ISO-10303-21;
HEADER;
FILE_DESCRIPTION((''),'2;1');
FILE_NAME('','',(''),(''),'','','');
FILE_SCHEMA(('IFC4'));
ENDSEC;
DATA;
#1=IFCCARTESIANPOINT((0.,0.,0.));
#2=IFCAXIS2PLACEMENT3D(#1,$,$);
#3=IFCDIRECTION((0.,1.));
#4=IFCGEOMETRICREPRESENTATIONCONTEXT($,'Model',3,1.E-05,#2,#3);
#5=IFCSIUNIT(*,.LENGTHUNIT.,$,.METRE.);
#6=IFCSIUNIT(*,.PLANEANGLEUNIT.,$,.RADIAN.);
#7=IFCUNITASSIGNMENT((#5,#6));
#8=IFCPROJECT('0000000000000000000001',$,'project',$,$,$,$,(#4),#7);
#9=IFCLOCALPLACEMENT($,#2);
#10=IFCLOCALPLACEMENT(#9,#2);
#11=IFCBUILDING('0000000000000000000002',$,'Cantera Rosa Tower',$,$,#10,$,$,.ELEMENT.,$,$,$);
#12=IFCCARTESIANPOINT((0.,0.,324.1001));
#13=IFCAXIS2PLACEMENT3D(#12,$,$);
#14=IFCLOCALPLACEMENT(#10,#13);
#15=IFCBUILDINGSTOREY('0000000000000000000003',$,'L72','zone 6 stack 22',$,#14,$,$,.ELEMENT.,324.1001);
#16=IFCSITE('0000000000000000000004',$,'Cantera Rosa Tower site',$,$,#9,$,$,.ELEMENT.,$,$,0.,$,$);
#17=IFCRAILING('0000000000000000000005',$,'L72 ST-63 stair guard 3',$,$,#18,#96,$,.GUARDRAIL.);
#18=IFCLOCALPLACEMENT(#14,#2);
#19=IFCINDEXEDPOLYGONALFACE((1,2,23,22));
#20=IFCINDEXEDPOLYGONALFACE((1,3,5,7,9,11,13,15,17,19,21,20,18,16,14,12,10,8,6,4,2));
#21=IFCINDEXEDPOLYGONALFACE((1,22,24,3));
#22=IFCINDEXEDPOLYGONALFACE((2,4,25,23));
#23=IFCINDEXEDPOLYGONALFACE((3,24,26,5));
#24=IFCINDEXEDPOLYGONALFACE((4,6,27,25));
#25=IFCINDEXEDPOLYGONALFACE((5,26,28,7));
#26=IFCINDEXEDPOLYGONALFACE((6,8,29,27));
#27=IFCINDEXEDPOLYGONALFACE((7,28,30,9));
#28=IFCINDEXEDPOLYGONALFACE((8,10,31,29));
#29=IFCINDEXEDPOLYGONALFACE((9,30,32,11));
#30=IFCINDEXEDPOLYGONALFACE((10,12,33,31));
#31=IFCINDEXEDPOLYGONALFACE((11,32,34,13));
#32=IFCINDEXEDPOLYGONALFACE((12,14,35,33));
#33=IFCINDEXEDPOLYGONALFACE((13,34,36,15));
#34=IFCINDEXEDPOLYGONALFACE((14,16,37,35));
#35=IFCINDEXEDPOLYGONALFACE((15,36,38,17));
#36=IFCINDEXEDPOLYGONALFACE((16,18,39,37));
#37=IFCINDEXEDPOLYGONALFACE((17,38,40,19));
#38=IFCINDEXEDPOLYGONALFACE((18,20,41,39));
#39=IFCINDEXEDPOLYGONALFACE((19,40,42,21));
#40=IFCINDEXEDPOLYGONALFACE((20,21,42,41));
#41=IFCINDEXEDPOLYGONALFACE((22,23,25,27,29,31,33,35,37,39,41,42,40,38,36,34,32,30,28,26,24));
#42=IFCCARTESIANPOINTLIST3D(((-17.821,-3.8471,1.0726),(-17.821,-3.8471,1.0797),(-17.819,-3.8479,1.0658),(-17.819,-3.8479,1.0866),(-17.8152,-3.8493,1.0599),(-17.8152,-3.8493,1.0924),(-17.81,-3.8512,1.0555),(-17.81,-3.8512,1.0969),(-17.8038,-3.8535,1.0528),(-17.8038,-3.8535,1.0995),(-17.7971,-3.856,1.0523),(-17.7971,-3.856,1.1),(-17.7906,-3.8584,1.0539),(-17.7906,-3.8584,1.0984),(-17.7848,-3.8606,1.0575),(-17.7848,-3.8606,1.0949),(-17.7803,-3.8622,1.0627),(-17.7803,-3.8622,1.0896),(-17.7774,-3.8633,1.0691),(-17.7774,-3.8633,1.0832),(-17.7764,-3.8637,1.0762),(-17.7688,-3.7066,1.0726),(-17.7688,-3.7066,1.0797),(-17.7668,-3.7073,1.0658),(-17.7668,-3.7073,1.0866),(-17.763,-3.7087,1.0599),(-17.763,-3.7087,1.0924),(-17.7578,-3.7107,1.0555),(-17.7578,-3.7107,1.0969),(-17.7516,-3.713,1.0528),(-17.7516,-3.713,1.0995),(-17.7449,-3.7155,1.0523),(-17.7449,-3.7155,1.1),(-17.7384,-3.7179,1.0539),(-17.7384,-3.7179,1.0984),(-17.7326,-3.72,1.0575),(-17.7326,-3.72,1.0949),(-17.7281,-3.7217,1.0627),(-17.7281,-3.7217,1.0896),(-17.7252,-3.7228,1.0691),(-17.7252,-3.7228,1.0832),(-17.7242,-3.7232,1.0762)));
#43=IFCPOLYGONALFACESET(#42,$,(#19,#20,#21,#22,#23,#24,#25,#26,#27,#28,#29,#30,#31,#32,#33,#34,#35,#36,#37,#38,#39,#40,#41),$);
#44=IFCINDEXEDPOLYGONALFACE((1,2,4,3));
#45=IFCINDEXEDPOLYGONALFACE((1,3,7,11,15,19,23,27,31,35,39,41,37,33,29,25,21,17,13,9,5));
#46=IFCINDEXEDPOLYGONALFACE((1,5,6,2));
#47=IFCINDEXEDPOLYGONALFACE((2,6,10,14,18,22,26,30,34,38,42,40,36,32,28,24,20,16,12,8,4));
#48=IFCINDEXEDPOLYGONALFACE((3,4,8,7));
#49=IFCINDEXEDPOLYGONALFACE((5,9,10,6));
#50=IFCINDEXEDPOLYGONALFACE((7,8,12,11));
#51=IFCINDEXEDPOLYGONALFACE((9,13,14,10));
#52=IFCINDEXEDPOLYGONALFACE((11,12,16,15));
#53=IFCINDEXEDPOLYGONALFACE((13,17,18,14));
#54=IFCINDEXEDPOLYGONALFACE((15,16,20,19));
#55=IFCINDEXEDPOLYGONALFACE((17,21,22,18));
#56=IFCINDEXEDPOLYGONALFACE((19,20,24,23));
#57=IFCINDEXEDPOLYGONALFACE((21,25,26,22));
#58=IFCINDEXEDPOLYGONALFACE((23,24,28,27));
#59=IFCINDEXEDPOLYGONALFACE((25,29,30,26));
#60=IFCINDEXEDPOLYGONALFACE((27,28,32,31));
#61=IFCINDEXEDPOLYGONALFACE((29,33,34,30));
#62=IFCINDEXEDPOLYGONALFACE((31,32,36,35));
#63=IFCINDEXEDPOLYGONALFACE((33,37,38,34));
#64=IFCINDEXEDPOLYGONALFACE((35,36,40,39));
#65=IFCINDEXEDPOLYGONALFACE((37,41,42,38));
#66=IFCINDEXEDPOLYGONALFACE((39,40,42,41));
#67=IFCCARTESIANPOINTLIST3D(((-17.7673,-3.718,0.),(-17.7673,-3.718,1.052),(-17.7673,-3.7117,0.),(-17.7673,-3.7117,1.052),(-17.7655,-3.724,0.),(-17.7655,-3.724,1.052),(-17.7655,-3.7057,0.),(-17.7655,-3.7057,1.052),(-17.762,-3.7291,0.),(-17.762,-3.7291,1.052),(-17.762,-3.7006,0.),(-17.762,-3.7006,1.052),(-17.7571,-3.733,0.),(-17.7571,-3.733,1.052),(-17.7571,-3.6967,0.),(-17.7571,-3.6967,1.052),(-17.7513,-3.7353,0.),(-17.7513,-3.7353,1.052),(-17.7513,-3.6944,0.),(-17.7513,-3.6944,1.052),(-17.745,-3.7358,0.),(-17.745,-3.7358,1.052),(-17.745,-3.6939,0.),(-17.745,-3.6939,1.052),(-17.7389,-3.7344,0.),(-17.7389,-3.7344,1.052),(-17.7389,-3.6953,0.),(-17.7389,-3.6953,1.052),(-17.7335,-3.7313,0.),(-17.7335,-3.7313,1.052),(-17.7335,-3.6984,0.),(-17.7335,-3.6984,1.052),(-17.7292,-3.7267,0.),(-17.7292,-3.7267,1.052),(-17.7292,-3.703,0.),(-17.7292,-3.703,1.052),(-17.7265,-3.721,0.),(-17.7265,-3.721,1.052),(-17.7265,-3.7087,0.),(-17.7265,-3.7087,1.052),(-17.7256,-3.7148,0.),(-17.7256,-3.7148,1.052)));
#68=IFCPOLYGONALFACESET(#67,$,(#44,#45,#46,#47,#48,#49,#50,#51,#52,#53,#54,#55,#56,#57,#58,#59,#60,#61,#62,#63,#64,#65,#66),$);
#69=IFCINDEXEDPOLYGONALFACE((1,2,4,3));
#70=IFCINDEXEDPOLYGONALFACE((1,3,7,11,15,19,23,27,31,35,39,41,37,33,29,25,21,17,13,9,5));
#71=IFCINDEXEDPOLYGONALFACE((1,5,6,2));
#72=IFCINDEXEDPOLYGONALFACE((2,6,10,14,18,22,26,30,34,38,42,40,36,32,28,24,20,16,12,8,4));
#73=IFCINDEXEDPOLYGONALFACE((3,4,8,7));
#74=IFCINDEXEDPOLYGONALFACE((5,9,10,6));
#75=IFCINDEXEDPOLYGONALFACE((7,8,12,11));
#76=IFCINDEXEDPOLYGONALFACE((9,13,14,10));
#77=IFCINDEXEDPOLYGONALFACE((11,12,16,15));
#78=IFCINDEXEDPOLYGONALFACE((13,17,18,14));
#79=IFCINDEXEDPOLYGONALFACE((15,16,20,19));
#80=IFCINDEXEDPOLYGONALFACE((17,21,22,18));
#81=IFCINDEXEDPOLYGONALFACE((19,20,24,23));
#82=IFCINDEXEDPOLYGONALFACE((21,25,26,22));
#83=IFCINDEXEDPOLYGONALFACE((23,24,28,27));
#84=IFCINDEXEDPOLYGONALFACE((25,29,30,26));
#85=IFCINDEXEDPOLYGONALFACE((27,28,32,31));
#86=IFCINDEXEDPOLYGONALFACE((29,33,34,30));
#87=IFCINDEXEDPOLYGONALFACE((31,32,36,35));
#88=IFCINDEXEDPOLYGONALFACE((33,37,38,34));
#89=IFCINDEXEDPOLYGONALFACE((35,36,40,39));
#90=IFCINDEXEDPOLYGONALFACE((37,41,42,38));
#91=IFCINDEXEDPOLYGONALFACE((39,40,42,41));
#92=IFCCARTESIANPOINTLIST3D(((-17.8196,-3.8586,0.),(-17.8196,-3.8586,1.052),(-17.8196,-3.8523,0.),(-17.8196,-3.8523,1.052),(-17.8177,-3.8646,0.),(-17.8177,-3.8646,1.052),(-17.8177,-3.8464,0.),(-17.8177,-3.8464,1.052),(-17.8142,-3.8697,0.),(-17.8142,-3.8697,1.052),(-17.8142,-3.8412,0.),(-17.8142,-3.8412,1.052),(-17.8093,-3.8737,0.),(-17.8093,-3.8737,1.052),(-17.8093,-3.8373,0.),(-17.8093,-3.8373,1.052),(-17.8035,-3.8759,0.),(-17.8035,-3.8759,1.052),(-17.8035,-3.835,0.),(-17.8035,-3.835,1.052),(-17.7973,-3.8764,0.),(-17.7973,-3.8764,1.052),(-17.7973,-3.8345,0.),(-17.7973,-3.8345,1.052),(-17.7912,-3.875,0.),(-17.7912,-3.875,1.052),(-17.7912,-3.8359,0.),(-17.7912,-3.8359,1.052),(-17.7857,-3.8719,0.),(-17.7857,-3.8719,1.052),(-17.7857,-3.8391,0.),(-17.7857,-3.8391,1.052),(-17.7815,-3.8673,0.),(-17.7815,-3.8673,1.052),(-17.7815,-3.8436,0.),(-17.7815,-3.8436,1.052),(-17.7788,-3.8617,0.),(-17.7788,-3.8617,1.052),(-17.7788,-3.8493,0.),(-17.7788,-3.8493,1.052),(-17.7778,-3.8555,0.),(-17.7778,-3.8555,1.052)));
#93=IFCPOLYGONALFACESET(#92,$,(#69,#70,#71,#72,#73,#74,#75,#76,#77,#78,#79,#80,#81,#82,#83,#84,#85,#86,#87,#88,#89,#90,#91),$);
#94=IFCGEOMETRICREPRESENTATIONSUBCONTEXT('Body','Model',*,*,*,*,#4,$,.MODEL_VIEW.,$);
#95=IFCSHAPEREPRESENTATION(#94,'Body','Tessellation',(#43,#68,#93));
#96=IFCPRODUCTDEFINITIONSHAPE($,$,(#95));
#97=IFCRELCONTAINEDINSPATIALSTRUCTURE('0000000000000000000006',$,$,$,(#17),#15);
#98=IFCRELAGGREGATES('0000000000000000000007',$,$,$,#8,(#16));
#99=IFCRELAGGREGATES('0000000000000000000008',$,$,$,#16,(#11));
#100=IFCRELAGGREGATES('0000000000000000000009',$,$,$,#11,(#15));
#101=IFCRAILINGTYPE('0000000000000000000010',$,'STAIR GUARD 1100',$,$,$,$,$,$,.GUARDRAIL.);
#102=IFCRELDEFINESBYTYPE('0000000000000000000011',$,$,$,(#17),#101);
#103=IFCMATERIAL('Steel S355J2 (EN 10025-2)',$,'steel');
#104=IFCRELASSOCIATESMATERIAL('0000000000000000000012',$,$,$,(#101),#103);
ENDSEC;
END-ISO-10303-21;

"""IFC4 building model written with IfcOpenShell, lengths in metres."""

from ifc_helpers import new_model, si_unit, direction, frame, origin, origin_2d, place, context, subcontext, project, spatial, circle, extrude, material, type_object, element, save


model = new_model("IFC4")

# Units and contexts
model_context = context("Model", 3, precision=1e-05, world=origin(), true_north=direction((0.0, 1.0)))
body_context = subcontext(model_context, "Body", "Model", "MODEL_VIEW")
ifc_project = project(units=[si_unit("LENGTHUNIT", "METRE"), si_unit("PLANEANGLEUNIT", "RADIAN")], contexts=[model_context])

# Site, building, storey
site_placement = place(None, origin())
site = spatial("IfcSite", under=ifc_project, at=site_placement, Name="Cantera Rosa Tower site", CompositionType="ELEMENT", RefElevation=0.0)
building_placement = place(site_placement, origin())
building = spatial("IfcBuilding", under=site, at=building_placement, Name="Cantera Rosa Tower", CompositionType="ELEMENT")
storey_placement = place(building_placement, frame((0.0, 0.0, 324.1001)))
storey = spatial("IfcBuildingStorey", under=building, at=storey_placement, Name="L72", Description="zone 6 stack 22", CompositionType="ELEMENT", Elevation=324.1001)

# Railing
ifc_material_1 = material(Name="Steel S355J2 (EN 10025-2)", Category="steel")
railing_type_1 = type_object("IfcRailingType", Name="STAIR GUARD 1100", PredefinedType="GUARDRAIL", material=ifc_material_1)
railing_1_placement = place(storey_placement, frame((-17.7466, -3.7148, 0.0)))
element("IfcRailing", 1, at=railing_1_placement, inside=storey, type_object=railing_type_1, Name="L72 ST-63 stair guard 3", PredefinedType="GUARDRAIL", context=body_context, shape_type="SweptSolid", body=[
    extrude(circle(Radius=0.0239, at=origin_2d()), frame((0.0, 0.0, 1.0762), z_axis=(-0.348268, -0.937395, 0.0), x_axis=(0.937395, -0.348268, 0.0)), (0.0, 0.0, 1.0), 0.1499),
    extrude(circle(Radius=0.021, at=origin_2d()), origin(), (0.0, 0.0, 1.0), 1.052),
    extrude(circle(Radius=0.021, at=origin_2d()), frame((-0.0522, -0.1406, 0.0)), (0.0, 0.0, 1.0), 1.052),
])

save(model, "model.ifc")
